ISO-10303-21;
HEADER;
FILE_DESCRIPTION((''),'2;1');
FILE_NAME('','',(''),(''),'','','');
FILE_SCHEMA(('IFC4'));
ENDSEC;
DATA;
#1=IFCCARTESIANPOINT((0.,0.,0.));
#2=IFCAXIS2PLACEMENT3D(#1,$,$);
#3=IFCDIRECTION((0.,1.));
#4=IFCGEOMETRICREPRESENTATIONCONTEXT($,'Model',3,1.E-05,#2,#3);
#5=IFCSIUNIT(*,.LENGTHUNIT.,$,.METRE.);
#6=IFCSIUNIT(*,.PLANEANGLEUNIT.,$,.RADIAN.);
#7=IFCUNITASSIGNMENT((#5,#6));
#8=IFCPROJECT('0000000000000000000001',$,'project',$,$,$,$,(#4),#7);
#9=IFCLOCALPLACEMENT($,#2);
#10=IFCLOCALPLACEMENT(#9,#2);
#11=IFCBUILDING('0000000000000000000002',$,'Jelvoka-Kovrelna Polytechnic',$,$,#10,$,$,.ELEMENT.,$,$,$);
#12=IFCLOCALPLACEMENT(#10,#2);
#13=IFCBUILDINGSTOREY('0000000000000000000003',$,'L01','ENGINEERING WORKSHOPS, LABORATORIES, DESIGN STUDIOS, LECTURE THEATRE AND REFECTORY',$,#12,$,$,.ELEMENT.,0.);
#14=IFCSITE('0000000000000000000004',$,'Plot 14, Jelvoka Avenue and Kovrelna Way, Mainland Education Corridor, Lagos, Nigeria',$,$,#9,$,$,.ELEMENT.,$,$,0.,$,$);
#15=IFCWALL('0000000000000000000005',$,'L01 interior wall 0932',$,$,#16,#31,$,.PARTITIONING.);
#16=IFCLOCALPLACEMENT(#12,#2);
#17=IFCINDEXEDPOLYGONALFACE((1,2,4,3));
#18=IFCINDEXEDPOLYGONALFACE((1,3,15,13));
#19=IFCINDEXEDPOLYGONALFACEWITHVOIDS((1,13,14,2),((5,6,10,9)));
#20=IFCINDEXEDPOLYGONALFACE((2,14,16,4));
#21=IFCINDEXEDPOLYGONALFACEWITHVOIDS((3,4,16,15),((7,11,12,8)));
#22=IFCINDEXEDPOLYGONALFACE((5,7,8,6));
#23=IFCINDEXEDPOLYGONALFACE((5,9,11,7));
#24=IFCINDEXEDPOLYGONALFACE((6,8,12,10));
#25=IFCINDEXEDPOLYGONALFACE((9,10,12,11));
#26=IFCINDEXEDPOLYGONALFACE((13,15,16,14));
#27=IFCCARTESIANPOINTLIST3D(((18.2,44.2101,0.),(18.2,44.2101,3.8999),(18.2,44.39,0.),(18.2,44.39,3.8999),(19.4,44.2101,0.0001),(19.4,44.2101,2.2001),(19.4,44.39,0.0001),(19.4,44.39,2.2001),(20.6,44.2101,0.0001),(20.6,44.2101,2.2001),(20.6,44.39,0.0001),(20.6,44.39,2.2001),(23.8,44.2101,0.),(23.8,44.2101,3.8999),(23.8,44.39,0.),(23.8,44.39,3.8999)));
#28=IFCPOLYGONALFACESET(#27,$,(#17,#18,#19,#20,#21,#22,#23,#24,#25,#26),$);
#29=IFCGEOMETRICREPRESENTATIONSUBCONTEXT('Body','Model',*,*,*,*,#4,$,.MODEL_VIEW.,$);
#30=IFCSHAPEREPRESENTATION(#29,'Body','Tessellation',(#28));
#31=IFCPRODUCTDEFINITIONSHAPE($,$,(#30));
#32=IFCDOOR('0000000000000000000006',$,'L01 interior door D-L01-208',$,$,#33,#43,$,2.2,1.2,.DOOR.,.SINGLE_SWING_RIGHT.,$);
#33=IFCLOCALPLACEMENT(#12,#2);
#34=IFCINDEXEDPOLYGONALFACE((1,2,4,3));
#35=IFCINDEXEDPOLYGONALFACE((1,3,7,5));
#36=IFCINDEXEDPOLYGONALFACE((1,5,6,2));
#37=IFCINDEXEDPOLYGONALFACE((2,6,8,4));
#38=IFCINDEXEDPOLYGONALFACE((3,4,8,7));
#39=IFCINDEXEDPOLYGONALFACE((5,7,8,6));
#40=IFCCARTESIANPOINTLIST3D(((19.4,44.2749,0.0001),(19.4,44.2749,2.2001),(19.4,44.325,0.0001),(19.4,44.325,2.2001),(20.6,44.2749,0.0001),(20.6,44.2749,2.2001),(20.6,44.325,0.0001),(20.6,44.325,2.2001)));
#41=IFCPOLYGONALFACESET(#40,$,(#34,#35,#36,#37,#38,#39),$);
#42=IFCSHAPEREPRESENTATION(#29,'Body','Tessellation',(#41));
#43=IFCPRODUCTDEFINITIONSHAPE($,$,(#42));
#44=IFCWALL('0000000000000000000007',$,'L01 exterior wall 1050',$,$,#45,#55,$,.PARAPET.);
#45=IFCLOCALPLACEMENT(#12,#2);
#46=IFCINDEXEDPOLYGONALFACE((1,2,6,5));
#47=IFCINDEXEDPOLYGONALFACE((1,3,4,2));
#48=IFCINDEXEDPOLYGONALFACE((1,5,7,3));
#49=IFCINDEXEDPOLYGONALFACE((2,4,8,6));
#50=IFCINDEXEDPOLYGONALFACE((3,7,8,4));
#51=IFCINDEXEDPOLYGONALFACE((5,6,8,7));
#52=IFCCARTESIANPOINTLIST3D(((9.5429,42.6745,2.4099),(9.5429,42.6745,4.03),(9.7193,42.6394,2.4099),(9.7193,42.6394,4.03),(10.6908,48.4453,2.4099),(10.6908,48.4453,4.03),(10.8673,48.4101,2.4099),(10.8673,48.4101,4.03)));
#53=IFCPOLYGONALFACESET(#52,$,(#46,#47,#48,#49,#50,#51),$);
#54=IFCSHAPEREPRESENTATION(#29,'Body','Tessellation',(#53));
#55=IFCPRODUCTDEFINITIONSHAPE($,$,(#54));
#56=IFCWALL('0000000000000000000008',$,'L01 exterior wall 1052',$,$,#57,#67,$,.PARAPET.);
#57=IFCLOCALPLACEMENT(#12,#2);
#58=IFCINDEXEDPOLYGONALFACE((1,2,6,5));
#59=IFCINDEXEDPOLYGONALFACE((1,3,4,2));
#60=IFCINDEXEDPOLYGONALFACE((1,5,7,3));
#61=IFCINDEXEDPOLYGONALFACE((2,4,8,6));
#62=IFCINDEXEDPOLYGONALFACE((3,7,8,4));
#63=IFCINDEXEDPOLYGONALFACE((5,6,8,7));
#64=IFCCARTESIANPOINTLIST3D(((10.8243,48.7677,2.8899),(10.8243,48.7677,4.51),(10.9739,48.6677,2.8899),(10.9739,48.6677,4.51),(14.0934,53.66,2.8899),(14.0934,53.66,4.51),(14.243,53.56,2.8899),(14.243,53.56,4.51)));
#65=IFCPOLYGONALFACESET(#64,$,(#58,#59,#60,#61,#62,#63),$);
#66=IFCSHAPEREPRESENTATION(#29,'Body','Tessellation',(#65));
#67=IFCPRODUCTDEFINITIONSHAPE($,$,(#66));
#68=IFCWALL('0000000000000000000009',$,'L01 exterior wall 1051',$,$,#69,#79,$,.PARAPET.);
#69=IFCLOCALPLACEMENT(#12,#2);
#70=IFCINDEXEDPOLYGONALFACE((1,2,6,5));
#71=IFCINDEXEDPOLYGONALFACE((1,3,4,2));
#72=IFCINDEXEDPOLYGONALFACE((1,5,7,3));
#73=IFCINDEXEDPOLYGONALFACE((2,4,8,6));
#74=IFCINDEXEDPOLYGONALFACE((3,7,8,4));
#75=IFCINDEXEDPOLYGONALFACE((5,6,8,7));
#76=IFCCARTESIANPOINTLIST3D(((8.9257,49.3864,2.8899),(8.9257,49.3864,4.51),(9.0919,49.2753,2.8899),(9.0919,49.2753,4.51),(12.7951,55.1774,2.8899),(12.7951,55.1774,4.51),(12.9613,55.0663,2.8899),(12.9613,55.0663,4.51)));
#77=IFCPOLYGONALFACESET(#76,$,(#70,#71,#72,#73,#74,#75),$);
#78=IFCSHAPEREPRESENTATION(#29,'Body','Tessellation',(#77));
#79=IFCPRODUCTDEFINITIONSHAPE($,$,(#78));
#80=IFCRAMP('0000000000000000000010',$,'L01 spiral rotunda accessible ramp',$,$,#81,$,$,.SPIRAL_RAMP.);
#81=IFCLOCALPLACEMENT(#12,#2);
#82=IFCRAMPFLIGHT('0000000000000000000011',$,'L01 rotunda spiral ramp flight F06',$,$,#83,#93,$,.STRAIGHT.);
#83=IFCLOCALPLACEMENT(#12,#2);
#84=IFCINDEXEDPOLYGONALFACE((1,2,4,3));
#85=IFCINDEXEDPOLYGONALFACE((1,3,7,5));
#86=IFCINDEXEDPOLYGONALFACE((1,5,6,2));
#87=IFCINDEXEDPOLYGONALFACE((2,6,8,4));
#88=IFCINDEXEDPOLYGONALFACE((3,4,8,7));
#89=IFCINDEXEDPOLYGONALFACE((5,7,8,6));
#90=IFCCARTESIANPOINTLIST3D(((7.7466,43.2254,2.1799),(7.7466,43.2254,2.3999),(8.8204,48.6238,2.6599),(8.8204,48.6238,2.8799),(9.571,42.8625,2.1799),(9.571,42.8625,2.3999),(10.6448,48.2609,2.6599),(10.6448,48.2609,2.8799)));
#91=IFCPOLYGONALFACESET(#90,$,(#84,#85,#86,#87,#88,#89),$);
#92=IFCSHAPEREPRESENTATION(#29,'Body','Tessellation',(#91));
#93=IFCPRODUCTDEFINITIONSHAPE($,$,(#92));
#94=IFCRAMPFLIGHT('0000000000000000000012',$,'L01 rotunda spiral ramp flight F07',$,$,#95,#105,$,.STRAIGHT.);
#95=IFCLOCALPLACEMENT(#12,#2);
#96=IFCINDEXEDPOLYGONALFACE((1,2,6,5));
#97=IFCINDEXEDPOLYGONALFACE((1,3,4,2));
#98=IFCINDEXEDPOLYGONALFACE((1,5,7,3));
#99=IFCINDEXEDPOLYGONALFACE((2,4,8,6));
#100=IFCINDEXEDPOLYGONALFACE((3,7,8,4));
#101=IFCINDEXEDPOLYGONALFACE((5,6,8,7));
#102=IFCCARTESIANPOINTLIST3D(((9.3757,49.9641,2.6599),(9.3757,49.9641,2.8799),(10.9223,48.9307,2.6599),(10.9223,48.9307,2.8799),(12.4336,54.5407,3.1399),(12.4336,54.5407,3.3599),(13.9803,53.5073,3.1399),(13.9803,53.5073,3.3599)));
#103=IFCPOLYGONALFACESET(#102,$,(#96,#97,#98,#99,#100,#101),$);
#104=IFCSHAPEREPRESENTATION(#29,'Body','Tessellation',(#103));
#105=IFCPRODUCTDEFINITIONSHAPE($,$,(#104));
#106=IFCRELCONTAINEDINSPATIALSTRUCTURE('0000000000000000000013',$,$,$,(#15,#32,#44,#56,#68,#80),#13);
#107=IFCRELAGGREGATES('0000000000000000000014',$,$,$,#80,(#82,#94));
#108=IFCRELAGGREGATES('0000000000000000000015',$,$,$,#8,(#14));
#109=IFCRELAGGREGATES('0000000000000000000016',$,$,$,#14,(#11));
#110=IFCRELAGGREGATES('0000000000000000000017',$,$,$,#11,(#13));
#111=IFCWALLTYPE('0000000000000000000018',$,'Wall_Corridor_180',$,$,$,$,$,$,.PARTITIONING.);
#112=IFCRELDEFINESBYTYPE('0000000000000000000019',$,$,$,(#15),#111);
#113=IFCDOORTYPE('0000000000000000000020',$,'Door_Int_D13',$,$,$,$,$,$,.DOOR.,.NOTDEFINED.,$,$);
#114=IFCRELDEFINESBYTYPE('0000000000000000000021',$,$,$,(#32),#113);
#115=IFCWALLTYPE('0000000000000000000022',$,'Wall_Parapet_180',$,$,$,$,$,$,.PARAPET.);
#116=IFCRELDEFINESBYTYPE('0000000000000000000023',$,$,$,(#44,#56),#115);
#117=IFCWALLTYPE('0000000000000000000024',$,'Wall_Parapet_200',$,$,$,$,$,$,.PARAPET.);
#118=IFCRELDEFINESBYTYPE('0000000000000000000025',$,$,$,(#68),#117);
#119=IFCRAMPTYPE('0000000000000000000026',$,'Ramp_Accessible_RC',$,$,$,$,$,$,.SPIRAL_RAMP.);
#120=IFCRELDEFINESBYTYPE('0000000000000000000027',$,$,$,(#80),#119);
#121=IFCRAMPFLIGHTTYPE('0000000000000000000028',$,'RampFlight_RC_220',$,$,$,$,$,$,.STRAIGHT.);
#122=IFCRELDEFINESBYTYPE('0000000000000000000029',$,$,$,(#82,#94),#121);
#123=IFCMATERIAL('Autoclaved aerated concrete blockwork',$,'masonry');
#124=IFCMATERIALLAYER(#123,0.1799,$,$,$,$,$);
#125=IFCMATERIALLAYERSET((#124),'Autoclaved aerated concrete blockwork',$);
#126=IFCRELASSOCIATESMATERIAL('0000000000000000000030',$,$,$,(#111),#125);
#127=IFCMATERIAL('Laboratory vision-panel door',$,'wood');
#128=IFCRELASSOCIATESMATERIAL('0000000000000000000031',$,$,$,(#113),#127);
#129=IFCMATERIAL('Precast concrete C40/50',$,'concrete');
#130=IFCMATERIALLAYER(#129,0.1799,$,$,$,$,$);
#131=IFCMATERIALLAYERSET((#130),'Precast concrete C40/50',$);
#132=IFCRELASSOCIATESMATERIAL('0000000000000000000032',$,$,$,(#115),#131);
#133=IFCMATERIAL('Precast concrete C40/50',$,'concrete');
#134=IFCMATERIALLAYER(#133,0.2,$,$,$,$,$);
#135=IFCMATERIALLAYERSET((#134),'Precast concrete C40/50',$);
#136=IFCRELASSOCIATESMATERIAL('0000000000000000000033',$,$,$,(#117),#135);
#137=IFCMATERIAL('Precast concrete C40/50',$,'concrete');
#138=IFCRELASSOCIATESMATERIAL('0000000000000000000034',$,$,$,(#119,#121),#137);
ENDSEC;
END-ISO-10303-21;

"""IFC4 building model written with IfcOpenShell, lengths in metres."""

from ifc_helpers import new_model, si_unit, direction, frame, frame_2d, origin, place, context, subcontext, project, spatial, polyline, rectangle, outline, extrude, material, layer, layer_set, type_object, element, fill, aggregate, save


model = new_model("IFC4")

# Units and contexts
model_context = context("Model", 3, precision=1e-05, world=origin(), true_north=direction((0.0, 1.0)))
body_context = subcontext(model_context, "Body", "Model", "MODEL_VIEW")
ifc_project = project(units=[si_unit("LENGTHUNIT", "METRE"), si_unit("PLANEANGLEUNIT", "RADIAN")], contexts=[model_context])

# Site, building, storey
site_placement = place(None, origin())
site = spatial("IfcSite", under=ifc_project, at=site_placement, Name="Plot 14, Jelvoka Avenue and Kovrelna Way, Mainland Education Corridor, Lagos, Nigeria", CompositionType="ELEMENT", RefElevation=0.0)
building_placement = place(site_placement, origin())
building = spatial("IfcBuilding", under=site, at=building_placement, Name="Jelvoka-Kovrelna Polytechnic", CompositionType="ELEMENT")
storey_placement = place(building_placement, origin())
storey = spatial("IfcBuildingStorey", under=building, at=storey_placement, Name="L01", Description="ENGINEERING WORKSHOPS, LABORATORIES, DESIGN STUDIOS, LECTURE THEATRE AND REFECTORY", CompositionType="ELEMENT", Elevation=0.0)

# Wall, opening, door
ifc_material_1 = material(Name="Autoclaved aerated concrete blockwork", Category="masonry")
ifc_layer_1 = layer(ifc_material_1, 0.1799)
ifc_layer_set_1 = layer_set([ifc_layer_1], Name="Autoclaved aerated concrete blockwork")
wall_type_1 = type_object("IfcWallType", Name="Wall_Corridor_180", PredefinedType="PARTITIONING", material=ifc_layer_set_1)
wall_1_placement = place(storey_placement, frame((18.2, 44.3, 0.0), z_axis=(0.0, 0.0, 1.0), x_axis=(1.0, 0.0, 0.0)))
wall_1 = element("IfcWall", 1, at=wall_1_placement, inside=storey, type_object=wall_type_1, Name="L01 interior wall 0932", PredefinedType="PARTITIONING", context=body_context, shape_type="SweptSolid", body=[
    extrude(rectangle(XDim=5.6001, YDim=0.1799, at=frame_2d((2.8, 0.0))), origin(), (0.0, 0.0, 1.0), 3.8999),
])
opening_placement = place(wall_1_placement, frame((1.2, 0.0, 0.0)))
opening = element("IfcOpeningElement", 2, at=opening_placement, cuts=wall_1, PredefinedType="OPENING", context=body_context, shape_type="SweptSolid", body=[
    extrude(rectangle(XDim=1.2, YDim=2.2, at=frame_2d((0.6001, 1.1001))), frame((0.0, 0.0999, 0.0), z_axis=(0.0, -1.0, 0.0), x_axis=(1.0, 0.0, 0.0)), (0.0, 0.0, 1.0), 0.2),
])
ifc_material_2 = material(Name="Laboratory vision-panel door", Category="wood")
door_type = type_object("IfcDoorType", Name="Door_Int_D13", OperationType="NOTDEFINED", PredefinedType="DOOR", material=ifc_material_2)
door_placement = place(opening_placement, origin())
door = element("IfcDoor", 3, at=door_placement, inside=storey, type_object=door_type, Name="L01 interior door D-L01-208", OperationType="SINGLE_SWING_RIGHT", OverallHeight=2.2, OverallWidth=1.2, PredefinedType="DOOR", context=body_context, shape_type="SweptSolid", body=[
    extrude(rectangle(XDim=1.2, YDim=2.2, at=frame_2d((0.6001, 1.1001))), frame((0.0, 0.0249, 0.0), z_axis=(0.0, -1.0, 0.0), x_axis=(1.0, 0.0, 0.0)), (0.0, 0.0, 1.0), 0.05),
])
fill(opening, door)

# Walls
ifc_material_3 = material(Name="Precast concrete C40/50", Category="concrete")
ifc_layer_2 = layer(ifc_material_3, 0.1799)
ifc_layer_set_2 = layer_set([ifc_layer_2], Name="Precast concrete C40/50")
wall_type_2 = type_object("IfcWallType", Name="Wall_Parapet_180", PredefinedType="PARAPET", material=ifc_layer_set_2)
wall_2_placement = place(storey_placement, frame((9.6311, 42.657, 2.4099), z_axis=(0.0, 0.0, 1.0), x_axis=(0.195103, 0.980783, 0.0)))
element("IfcWall", 4, at=wall_2_placement, inside=storey, type_object=wall_type_2, Name="L01 exterior wall 1050", PredefinedType="PARAPET", context=body_context, shape_type="SweptSolid", body=[
    extrude(rectangle(XDim=5.8838, YDim=0.1799, at=frame_2d((2.9419, 0.0))), origin(), (0.0, 0.0, 1.0), 1.6201),
])
wall_3_placement = place(storey_placement, frame((10.8992, 48.7178, 2.8899), z_axis=(0.0, 0.0, 1.0), x_axis=(0.555581, 0.831463, 0.0)))
element("IfcWall", 5, at=wall_3_placement, inside=storey, type_object=wall_type_2, Name="L01 exterior wall 1052", PredefinedType="PARAPET", context=body_context, shape_type="SweptSolid", body=[
    extrude(rectangle(XDim=5.884, YDim=0.1799, at=frame_2d((2.9419, 0.0))), origin(), (0.0, 0.0, 1.0), 1.6201),
])
ifc_material_4 = material(Name="Precast concrete C40/50", Category="concrete")
ifc_layer_3 = layer(ifc_material_4, 0.2)
ifc_layer_set_3 = layer_set([ifc_layer_3], Name="Precast concrete C40/50")
wall_type_3 = type_object("IfcWallType", Name="Wall_Parapet_200", PredefinedType="PARAPET", material=ifc_layer_set_3)
wall_4_placement = place(storey_placement, frame((9.0088, 49.3308, 2.8899), z_axis=(0.0, 0.0, 1.0), x_axis=(0.555565, 0.831473, 0.0)))
element("IfcWall", 6, at=wall_4_placement, inside=storey, type_object=wall_type_3, Name="L01 exterior wall 1051", PredefinedType="PARAPET", context=body_context, shape_type="SweptSolid", body=[
    extrude(rectangle(XDim=6.9648, YDim=0.2, at=frame_2d((3.4824, 0.0))), origin(), (0.0, 0.0, 1.0), 1.6201),
])

# Ramp, ramp flights
ifc_material_5 = material(Name="Precast concrete C40/50", Category="concrete")
ramp_type = type_object("IfcRampType", Name="Ramp_Accessible_RC", PredefinedType="SPIRAL_RAMP", material=ifc_material_5)
ramp_placement = place(storey_placement, origin())
ramp = element("IfcRamp", 7, at=ramp_placement, inside=storey, type_object=ramp_type, Name="L01 spiral rotunda accessible ramp", PredefinedType="SPIRAL_RAMP")
ramp_flight_type = type_object("IfcRampFlightType", Name="RampFlight_RC_220", PredefinedType="STRAIGHT", material=ifc_material_5)
ramp_flight_1_placement = place(None, frame((8.6587, 43.0439, 2.3999), z_axis=(0.0, 0.0, 1.0), x_axis=(0.195092, 0.980785, 0.0)))
ramp_flight_1 = element("IfcRampFlight", 8, at=ramp_flight_1_placement, type_object=ramp_flight_type, Name="L01 rotunda spiral ramp flight F06", PredefinedType="STRAIGHT", context=body_context, shape_type="SweptSolid", body=[
    extrude(outline(polyline([(0.0, 0.0), (5.5042, 0.48), (5.5042, 0.26), (0.0, -0.22), (0.0, 0.0)])), frame((0.0, 0.9299, 0.0), z_axis=(0.0, -1.0, 0.0), x_axis=(1.0, 0.0, 0.0)), (0.0, 0.0, 1.0), 1.8601),
])
ramp_flight_2_placement = place(None, frame((10.1489, 49.4475, 2.8799), z_axis=(0.0, 0.0, 1.0), x_axis=(0.555568, 0.831471, 0.0)))
ramp_flight_2 = element("IfcRampFlight", 9, at=ramp_flight_2_placement, type_object=ramp_flight_type, Name="L01 rotunda spiral ramp flight F07", PredefinedType="STRAIGHT", context=body_context, shape_type="SweptSolid", body=[
    extrude(outline(polyline([(0.0, 0.0), (5.5042, 0.48), (5.5042, 0.26), (0.0, -0.22), (0.0, 0.0)])), frame((0.0, 0.9299, 0.0), z_axis=(0.0, -1.0, 0.0), x_axis=(1.0, 0.0, 0.0)), (0.0, 0.0, 1.0), 1.8601),
])
aggregate(ramp, [ramp_flight_1, ramp_flight_2])

save(model, "model.ifc")
